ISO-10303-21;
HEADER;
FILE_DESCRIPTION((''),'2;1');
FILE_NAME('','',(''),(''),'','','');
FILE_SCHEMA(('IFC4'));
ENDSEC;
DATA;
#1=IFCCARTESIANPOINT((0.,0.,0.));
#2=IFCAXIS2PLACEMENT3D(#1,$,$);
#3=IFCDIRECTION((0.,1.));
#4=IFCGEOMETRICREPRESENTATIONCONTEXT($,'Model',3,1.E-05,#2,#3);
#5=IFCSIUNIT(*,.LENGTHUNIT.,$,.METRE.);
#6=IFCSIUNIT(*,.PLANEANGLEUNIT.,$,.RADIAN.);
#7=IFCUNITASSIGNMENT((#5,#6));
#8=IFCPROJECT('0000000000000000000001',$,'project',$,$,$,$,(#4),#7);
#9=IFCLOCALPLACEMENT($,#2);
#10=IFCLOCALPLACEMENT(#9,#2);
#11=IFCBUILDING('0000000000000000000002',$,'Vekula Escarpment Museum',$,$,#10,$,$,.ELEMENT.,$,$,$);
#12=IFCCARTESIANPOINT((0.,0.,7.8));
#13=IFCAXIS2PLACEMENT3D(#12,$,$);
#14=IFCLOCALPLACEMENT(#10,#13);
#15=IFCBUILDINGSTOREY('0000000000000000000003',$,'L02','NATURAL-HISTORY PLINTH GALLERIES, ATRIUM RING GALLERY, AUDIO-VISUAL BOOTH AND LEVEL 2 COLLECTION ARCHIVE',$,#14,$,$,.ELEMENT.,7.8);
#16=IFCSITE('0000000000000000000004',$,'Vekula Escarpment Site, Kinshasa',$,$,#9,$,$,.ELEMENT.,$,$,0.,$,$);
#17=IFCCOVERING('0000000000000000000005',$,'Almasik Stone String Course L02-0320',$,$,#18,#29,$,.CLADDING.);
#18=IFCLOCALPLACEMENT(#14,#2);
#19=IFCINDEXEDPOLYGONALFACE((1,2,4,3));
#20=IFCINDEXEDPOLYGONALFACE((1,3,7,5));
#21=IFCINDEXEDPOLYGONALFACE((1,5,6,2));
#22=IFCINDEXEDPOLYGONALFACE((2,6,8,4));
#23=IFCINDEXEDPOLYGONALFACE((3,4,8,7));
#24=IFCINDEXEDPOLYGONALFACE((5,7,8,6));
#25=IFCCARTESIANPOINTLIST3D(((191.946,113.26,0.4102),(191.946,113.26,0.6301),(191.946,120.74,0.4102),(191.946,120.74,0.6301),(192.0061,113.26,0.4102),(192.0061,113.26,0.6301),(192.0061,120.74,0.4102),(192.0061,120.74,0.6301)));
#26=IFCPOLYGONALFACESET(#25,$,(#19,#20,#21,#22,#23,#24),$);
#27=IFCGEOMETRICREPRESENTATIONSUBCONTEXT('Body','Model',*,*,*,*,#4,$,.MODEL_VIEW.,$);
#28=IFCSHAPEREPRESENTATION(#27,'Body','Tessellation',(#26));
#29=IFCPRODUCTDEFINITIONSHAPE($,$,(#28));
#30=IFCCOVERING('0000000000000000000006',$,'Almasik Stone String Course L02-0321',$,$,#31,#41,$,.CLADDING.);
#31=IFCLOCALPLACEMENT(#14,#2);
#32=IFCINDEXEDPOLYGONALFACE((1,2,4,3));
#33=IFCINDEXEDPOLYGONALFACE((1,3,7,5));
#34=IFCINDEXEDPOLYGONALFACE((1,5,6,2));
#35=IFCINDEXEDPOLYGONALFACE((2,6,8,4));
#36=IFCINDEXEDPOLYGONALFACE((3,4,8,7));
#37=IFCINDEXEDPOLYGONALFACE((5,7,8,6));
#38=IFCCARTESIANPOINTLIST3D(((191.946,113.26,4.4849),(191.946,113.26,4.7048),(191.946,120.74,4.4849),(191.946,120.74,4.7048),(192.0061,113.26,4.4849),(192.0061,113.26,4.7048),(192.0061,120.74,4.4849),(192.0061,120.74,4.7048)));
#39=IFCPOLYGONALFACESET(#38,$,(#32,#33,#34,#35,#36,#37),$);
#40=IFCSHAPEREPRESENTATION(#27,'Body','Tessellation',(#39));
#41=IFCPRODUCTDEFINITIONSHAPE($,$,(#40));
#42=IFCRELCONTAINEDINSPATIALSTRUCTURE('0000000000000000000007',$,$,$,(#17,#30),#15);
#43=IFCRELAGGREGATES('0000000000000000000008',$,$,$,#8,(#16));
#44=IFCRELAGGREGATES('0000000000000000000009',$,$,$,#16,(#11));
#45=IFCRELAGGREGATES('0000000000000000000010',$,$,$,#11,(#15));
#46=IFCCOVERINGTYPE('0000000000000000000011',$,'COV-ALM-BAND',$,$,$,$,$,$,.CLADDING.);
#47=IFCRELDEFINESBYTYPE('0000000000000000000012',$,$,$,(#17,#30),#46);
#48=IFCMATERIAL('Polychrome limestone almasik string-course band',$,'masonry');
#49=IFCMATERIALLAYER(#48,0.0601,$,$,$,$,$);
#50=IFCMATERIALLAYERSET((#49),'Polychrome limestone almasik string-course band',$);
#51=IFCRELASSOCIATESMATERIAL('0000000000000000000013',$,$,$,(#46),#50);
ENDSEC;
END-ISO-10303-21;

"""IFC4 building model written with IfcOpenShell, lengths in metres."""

from ifc_helpers import new_model, si_unit, direction, frame, origin, origin_2d, place, context, subcontext, project, spatial, rectangle, extrude, material, layer, layer_set, type_object, element, save


model = new_model("IFC4")

# Units and contexts
model_context = context("Model", 3, precision=1e-05, world=origin(), true_north=direction((0.0, 1.0)))
body_context = subcontext(model_context, "Body", "Model", "MODEL_VIEW")
ifc_project = project(units=[si_unit("LENGTHUNIT", "METRE"), si_unit("PLANEANGLEUNIT", "RADIAN")], contexts=[model_context])

# Site, building, storey
site_placement = place(None, origin())
site = spatial("IfcSite", under=ifc_project, at=site_placement, Name="Vekula Escarpment Site, Kinshasa", CompositionType="ELEMENT", RefElevation=0.0)
building_placement = place(site_placement, origin())
building = spatial("IfcBuilding", under=site, at=building_placement, Name="Vekula Escarpment Museum", CompositionType="ELEMENT")
storey_placement = place(building_placement, frame((0.0, 0.0, 7.8)))
storey = spatial("IfcBuildingStorey", under=building, at=storey_placement, Name="L02", Description="NATURAL-HISTORY PLINTH GALLERIES, ATRIUM RING GALLERY, AUDIO-VISUAL BOOTH AND LEVEL 2 COLLECTION ARCHIVE", CompositionType="ELEMENT", Elevation=7.8)

# Coverings
ifc_material_1 = material(Name="Polychrome limestone almasik string-course band", Category="masonry")
ifc_layer_1 = layer(ifc_material_1, 0.0601)
ifc_layer_set_1 = layer_set([ifc_layer_1], Name="Polychrome limestone almasik string-course band")
covering_type = type_object("IfcCoveringType", Name="COV-ALM-BAND", PredefinedType="CLADDING", material=ifc_layer_set_1)
for number, where, z_axis, x_axis, name in (
    (1, (191.9761, 117.0, 0.4102), (0.0, 0.0, 1.0), (0.0, 1.0, 0.0), "Almasik Stone String Course L02-0320"),
    (2, (191.9761, 117.0, 4.4849), (0.0, 0.0, 1.0), (0.0, 1.0, 0.0), "Almasik Stone String Course L02-0321"),
):
    element("IfcCovering", number, at=place(storey_placement, frame(where, z_axis=z_axis, x_axis=x_axis)), inside=storey, type_object=covering_type, Name=name, PredefinedType="CLADDING", context=body_context, shape_type="SweptSolid", body=[
        extrude(rectangle(XDim=7.48, YDim=0.0601, at=origin_2d()), origin(), (0.0, 0.0, 1.0), 0.22),
    ])

save(model, "model.ifc")
